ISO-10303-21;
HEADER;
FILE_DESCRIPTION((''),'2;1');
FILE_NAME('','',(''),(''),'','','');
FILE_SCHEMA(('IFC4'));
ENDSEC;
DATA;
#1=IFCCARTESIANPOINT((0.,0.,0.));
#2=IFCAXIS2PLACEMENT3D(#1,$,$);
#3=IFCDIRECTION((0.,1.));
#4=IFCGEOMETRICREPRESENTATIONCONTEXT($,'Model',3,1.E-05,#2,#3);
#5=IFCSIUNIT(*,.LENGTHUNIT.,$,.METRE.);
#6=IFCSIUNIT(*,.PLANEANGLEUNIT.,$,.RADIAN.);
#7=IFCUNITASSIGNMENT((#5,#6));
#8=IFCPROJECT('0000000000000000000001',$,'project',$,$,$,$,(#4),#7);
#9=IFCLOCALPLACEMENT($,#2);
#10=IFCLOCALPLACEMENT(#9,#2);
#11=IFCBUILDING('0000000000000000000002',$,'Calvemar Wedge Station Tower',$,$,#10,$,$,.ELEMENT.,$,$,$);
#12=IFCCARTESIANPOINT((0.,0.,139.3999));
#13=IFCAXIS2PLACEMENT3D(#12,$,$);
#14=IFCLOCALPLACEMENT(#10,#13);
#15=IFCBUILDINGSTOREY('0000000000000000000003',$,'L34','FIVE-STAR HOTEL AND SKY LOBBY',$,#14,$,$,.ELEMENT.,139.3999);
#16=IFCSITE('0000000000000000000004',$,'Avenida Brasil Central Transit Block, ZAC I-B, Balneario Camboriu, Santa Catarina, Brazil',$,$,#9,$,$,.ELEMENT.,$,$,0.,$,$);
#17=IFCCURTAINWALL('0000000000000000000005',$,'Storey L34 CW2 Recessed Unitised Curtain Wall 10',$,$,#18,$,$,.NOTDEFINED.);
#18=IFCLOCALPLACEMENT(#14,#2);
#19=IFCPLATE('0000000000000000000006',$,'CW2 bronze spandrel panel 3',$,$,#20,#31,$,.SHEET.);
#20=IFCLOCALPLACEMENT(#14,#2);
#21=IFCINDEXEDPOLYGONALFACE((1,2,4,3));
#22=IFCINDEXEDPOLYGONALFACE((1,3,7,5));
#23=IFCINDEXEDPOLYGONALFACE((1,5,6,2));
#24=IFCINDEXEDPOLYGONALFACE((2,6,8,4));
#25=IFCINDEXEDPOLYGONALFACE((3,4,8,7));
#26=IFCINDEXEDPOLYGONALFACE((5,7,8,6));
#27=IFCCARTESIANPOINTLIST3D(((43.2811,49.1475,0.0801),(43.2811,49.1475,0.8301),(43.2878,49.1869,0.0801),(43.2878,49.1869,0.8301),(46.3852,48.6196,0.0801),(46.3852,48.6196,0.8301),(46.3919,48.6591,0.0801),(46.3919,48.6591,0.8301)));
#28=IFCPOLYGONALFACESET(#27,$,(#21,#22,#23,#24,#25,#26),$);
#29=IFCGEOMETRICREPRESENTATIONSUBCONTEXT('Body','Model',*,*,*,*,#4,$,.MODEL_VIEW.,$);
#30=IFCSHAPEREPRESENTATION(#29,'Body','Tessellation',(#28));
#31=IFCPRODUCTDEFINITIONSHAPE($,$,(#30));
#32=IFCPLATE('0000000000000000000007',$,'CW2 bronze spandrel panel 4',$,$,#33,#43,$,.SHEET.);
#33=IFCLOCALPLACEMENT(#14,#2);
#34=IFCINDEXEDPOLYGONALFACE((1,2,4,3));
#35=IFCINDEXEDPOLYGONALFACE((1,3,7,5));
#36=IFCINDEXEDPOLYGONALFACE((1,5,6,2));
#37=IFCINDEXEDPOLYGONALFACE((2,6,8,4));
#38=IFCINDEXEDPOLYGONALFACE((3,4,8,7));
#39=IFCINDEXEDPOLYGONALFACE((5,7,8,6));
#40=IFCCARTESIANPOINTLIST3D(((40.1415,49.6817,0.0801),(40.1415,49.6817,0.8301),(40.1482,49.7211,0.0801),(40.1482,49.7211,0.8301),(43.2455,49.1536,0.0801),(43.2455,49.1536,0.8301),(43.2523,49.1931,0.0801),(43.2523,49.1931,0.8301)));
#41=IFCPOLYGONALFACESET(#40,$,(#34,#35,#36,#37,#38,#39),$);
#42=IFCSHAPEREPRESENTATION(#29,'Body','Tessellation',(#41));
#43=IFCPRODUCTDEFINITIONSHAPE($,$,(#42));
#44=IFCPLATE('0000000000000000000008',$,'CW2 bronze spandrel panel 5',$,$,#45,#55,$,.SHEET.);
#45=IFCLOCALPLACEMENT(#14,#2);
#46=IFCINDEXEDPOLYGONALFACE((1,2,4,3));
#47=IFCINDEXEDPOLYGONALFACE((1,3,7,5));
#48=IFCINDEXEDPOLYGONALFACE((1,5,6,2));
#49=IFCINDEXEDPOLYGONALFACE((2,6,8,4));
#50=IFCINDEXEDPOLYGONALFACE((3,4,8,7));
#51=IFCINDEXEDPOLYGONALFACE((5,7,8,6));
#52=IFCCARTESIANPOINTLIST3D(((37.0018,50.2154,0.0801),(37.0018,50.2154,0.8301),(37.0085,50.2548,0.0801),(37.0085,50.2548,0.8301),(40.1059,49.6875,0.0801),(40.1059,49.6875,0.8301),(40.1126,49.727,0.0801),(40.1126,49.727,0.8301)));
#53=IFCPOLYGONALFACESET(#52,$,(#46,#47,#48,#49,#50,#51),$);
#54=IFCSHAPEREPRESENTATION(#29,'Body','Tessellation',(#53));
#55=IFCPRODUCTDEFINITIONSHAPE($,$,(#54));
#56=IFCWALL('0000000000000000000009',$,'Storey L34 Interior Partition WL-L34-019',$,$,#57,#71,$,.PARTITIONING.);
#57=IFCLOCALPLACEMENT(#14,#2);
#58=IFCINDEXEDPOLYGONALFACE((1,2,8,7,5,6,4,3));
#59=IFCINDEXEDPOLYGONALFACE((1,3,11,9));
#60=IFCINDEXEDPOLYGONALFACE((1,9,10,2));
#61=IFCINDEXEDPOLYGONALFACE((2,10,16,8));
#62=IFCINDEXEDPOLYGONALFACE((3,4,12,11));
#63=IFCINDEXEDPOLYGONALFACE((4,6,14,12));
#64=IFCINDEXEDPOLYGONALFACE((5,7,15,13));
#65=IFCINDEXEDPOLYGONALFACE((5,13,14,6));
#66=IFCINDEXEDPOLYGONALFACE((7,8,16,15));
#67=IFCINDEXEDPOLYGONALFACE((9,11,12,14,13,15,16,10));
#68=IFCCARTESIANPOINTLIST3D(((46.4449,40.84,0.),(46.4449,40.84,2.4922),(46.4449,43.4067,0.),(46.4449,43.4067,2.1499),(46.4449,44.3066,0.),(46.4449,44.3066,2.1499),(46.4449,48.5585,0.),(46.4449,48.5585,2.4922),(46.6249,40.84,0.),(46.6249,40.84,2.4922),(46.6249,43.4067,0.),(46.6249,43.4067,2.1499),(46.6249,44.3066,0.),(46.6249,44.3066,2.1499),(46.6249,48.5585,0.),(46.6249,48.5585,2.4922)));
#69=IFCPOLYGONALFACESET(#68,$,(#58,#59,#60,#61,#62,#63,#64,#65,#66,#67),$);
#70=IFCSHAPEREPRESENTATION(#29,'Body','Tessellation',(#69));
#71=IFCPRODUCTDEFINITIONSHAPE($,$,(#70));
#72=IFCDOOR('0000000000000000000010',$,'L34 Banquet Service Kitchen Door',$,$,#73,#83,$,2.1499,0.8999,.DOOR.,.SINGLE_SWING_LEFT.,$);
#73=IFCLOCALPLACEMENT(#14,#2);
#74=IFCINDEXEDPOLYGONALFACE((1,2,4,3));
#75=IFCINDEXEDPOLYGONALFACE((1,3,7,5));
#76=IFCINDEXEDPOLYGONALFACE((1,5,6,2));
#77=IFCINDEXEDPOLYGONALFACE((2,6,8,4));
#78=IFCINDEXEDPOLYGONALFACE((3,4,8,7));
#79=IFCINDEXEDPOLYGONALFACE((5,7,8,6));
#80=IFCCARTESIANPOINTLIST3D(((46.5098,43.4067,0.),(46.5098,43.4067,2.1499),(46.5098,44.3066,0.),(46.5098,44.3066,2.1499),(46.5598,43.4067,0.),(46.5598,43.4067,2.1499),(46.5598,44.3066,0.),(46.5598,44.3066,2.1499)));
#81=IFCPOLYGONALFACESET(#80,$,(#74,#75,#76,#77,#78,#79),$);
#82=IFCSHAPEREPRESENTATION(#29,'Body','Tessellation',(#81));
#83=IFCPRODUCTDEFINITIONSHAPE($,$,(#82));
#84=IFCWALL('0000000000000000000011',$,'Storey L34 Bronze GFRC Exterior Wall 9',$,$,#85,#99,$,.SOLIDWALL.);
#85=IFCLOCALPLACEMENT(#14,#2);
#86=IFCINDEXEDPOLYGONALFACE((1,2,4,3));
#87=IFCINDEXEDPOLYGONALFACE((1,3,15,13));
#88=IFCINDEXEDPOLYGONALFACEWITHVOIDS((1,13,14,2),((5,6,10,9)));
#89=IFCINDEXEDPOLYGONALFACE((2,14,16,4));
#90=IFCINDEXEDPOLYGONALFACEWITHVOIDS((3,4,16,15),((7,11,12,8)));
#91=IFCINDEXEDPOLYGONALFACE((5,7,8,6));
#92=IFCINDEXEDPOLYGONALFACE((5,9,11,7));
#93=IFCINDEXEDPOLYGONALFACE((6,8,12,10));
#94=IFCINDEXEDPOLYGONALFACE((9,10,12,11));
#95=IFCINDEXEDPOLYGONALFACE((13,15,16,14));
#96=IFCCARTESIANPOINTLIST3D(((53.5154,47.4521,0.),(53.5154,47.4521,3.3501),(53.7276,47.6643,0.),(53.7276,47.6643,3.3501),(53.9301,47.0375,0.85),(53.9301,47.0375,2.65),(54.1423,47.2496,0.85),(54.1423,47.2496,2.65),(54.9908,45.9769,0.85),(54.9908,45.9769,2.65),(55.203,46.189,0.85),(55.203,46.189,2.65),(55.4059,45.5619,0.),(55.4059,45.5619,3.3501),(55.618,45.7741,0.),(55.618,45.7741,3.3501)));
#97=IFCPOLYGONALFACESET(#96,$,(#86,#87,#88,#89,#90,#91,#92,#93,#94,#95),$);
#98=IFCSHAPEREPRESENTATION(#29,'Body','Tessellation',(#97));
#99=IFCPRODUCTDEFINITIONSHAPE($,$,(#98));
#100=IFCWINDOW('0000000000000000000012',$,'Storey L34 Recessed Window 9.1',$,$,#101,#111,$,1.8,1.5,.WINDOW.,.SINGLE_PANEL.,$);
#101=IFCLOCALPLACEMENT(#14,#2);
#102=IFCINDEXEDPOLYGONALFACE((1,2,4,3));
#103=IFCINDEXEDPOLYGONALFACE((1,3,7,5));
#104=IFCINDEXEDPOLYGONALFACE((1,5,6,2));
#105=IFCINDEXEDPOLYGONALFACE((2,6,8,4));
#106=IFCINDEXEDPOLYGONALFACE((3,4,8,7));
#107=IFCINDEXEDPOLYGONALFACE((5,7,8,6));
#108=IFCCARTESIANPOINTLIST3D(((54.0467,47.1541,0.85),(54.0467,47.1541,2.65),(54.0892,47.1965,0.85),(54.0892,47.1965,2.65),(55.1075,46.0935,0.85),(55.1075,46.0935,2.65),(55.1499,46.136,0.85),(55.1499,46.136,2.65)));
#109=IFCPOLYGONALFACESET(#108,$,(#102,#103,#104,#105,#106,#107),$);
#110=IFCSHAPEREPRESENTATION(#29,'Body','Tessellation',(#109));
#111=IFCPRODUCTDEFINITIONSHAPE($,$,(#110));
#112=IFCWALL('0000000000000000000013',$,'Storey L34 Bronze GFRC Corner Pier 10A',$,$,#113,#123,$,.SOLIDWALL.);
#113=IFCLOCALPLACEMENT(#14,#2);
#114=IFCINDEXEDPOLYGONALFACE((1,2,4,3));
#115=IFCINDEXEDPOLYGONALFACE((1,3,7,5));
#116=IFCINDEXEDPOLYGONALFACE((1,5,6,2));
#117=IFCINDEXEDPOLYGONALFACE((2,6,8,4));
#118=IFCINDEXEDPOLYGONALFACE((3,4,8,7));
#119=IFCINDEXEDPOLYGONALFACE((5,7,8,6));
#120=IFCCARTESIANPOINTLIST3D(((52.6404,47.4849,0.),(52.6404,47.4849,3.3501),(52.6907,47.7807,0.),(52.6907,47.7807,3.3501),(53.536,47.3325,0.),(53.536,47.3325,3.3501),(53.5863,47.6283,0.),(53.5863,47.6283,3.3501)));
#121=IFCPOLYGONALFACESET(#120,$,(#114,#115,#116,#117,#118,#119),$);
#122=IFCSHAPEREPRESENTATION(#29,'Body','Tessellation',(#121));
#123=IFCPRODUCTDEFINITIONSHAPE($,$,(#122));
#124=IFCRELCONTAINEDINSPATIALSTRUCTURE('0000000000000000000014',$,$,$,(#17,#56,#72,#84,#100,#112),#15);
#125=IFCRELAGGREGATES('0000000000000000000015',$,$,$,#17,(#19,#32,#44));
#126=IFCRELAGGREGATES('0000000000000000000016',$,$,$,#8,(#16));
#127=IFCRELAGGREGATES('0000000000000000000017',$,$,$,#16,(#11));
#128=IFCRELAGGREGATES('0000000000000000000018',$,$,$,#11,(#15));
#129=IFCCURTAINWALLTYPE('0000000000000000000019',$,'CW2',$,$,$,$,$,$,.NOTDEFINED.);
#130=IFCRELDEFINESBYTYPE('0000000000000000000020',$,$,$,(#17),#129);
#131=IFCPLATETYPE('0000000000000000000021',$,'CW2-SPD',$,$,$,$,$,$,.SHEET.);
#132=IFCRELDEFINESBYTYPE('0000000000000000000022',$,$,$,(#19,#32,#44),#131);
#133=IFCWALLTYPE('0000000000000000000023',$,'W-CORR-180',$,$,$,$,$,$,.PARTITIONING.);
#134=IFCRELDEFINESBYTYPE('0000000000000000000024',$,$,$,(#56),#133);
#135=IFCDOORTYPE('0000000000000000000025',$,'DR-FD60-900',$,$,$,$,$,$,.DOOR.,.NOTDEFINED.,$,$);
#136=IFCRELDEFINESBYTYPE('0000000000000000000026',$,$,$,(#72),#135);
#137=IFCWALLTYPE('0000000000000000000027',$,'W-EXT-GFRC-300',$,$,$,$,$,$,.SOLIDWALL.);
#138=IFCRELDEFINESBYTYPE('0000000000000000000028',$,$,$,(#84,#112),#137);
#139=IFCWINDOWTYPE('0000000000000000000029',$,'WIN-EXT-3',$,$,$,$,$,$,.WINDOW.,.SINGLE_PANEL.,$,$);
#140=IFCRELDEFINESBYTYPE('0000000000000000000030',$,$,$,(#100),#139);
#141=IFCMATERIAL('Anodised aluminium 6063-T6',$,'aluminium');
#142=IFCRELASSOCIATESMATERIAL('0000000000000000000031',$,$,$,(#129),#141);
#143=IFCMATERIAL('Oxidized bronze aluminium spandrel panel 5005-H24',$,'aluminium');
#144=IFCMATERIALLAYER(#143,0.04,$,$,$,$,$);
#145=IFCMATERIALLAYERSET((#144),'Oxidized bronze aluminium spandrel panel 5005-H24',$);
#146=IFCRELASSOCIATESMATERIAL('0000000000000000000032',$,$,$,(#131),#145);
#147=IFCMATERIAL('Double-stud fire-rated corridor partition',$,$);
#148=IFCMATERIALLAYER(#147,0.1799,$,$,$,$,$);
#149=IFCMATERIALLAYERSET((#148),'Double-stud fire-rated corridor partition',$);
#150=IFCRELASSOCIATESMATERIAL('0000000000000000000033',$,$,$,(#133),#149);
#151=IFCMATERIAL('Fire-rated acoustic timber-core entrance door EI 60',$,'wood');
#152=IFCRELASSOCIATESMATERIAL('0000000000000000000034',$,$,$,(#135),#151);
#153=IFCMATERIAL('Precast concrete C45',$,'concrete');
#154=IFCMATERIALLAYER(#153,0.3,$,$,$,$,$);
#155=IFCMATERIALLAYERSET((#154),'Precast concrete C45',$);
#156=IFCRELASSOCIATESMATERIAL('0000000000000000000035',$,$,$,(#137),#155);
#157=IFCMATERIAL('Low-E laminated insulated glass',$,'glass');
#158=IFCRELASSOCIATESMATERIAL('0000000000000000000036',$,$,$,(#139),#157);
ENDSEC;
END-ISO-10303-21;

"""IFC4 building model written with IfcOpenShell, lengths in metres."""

from ifc_helpers import new_model, si_unit, direction, frame, frame_2d, origin, place, context, subcontext, project, spatial, rectangle, extrude, source, transform, mapped, material, layer, layer_set, type_object, element, fill, aggregate, save


model = new_model("IFC4")

# Units and contexts
model_context = context("Model", 3, precision=1e-05, world=origin(), true_north=direction((0.0, 1.0)))
body_context = subcontext(model_context, "Body", "Model", "MODEL_VIEW")
ifc_project = project(units=[si_unit("LENGTHUNIT", "METRE"), si_unit("PLANEANGLEUNIT", "RADIAN")], contexts=[model_context])

# Site, building, storey
site_placement = place(None, origin())
site = spatial("IfcSite", under=ifc_project, at=site_placement, Name="Avenida Brasil Central Transit Block, ZAC I-B, Balneario Camboriu, Santa Catarina, Brazil", CompositionType="ELEMENT", RefElevation=0.0)
building_placement = place(site_placement, origin())
building = spatial("IfcBuilding", under=site, at=building_placement, Name="Calvemar Wedge Station Tower", CompositionType="ELEMENT")
storey_placement = place(building_placement, frame((0.0, 0.0, 139.3999)))
storey = spatial("IfcBuildingStorey", under=building, at=storey_placement, Name="L34", Description="FIVE-STAR HOTEL AND SKY LOBBY", CompositionType="ELEMENT", Elevation=139.3999)

# Curtain wall, plates
ifc_material_1 = material(Name="Anodised aluminium 6063-T6", Category="aluminium")
curtain_wall_type = type_object("IfcCurtainWallType", Name="CW2", PredefinedType="NOTDEFINED", material=ifc_material_1)
curtain_wall_placement = place(storey_placement, origin())
curtain_wall = element("IfcCurtainWall", 1, at=curtain_wall_placement, inside=storey, type_object=curtain_wall_type, Name="Storey L34 CW2 Recessed Unitised Curtain Wall 10", PredefinedType="NOTDEFINED")
ifc_material_2 = material(Name="Low-E laminated insulated glass", Category="glass")
ifc_material_3 = material(Name="Oxidized bronze aluminium spandrel panel 5005-H24", Category="aluminium")
ifc_layer_1 = layer(ifc_material_3, 0.04)
ifc_layer_set_1 = layer_set([ifc_layer_1], Name="Oxidized bronze aluminium spandrel panel 5005-H24")
plate_type_1 = type_object("IfcPlateType", Name="CW2-SPD", PredefinedType="SHEET", material=ifc_layer_set_1)
plate_1_placement = place(storey_placement, frame((46.3884, 48.6394, 0.0801), z_axis=(0.0, 0.0, 1.0), x_axis=(-0.98585, 0.167629, 0.0)))
plate_1 = element("IfcPlate", 2, at=plate_1_placement, type_object=plate_type_1, Name="CW2 bronze spandrel panel 3", PredefinedType="SHEET", context=body_context, shape_type="SweptSolid", body=[
    extrude(rectangle(XDim=3.1487, YDim=0.04, at=frame_2d((1.5742, 0.0))), origin(), (0.0, 0.0, 1.0), 0.75),
])
plate_2_placement = place(storey_placement, frame((43.2488, 49.1733, 0.0801), z_axis=(0.0, 0.0, 1.0), x_axis=(-0.985835, 0.167718, 0.0)))
plate_2 = element("IfcPlate", 3, at=plate_2_placement, type_object=plate_type_1, Name="CW2 bronze spandrel panel 4", PredefinedType="SHEET", context=body_context, shape_type="SweptSolid", body=[
    extrude(rectangle(XDim=3.1487, YDim=0.04, at=frame_2d((1.5742, 0.0))), origin(), (0.0, 0.0, 1.0), 0.75),
])
plate_3_placement = place(storey_placement, frame((40.1091, 49.7073, 0.0801), z_axis=(0.0, 0.0, 1.0), x_axis=(-0.985848, 0.167642, 0.0)))
plate_3 = element("IfcPlate", 4, at=plate_3_placement, type_object=plate_type_1, Name="CW2 bronze spandrel panel 5", PredefinedType="SHEET", context=body_context, shape_type="SweptSolid", body=[
    extrude(rectangle(XDim=3.1487, YDim=0.04, at=frame_2d((1.5742, 0.0))), origin(), (0.0, 0.0, 1.0), 0.75),
])
aggregate(curtain_wall, [plate_1, plate_2, plate_3])

# Wall, opening, door
ifc_material_4 = material(Name="Double-stud fire-rated corridor partition")
ifc_layer_2 = layer(ifc_material_4, 0.1799)
ifc_layer_set_2 = layer_set([ifc_layer_2], Name="Double-stud fire-rated corridor partition")
wall_type_1 = type_object("IfcWallType", Name="W-CORR-180", PredefinedType="PARTITIONING", material=ifc_layer_set_2)
wall_1_placement = place(storey_placement, frame((46.5349, 48.5586, 0.0), z_axis=(0.0, 0.0, 1.0), x_axis=(0.0, -1.0, 0.0)))
wall_1 = element("IfcWall", 5, at=wall_1_placement, inside=storey, type_object=wall_type_1, Name="Storey L34 Interior Partition WL-L34-019", PredefinedType="PARTITIONING", context=body_context, shape_type="SweptSolid", body=[
    extrude(rectangle(XDim=7.7185, YDim=0.1799, at=frame_2d((3.8594, 0.0))), origin(), (0.0, 0.0, 1.0), 2.4922),
])
shared_shape_1 = source(origin(), body_context, "Body", "SweptSolid", [
    extrude(rectangle(XDim=0.8999, YDim=2.1499, at=frame_2d((0.45, 1.075))), frame((0.0, 0.1001, 0.0), z_axis=(0.0, -1.0, 0.0), x_axis=(1.0, 0.0, 0.0)), (0.0, 0.0, 1.0), 0.2),
])
opening_1_placement = place(wall_1_placement, frame((4.252, 0.0, 0.0)))
opening_1 = element("IfcOpeningElement", 6, at=opening_1_placement, cuts=wall_1, PredefinedType="OPENING", context=body_context, shape_type="MappedRepresentation", body=[
    mapped(shared_shape_1, transform((0.0, 0.0, 0.0), scale=1.0)),
])
ifc_material_5 = material(Name="Fire-rated acoustic timber-core entrance door EI 60", Category="wood")
door_type = type_object("IfcDoorType", Name="DR-FD60-900", OperationType="NOTDEFINED", PredefinedType="DOOR", material=ifc_material_5)
shared_shape_2 = source(origin(), body_context, "Body", "SweptSolid", [
    extrude(rectangle(XDim=0.8999, YDim=2.1499, at=frame_2d((0.45, 1.075))), frame((0.0, 0.0249, 0.0), z_axis=(0.0, -1.0, 0.0), x_axis=(1.0, 0.0, 0.0)), (0.0, 0.0, 1.0), 0.05),
])
door_placement = place(opening_1_placement, origin())
door = element("IfcDoor", 7, at=door_placement, inside=storey, type_object=door_type, Name="L34 Banquet Service Kitchen Door", OperationType="SINGLE_SWING_LEFT", OverallHeight=2.1499, OverallWidth=0.8999, PredefinedType="DOOR", context=body_context, shape_type="MappedRepresentation", body=[
    mapped(shared_shape_2, transform((0.0, 0.0, 0.0), scale=1.0)),
])
fill(opening_1, door)

# Wall, opening, window
ifc_material_6 = material(Name="Precast concrete C45", Category="concrete")
ifc_layer_3 = layer(ifc_material_6, 0.3)
ifc_layer_set_3 = layer_set([ifc_layer_3], Name="Precast concrete C45")
wall_type_2 = type_object("IfcWallType", Name="W-EXT-GFRC-300", PredefinedType="SOLIDWALL", material=ifc_layer_set_3)
wall_2_placement = place(storey_placement, frame((55.512, 45.668, 0.0), z_axis=(0.0, 0.0, 1.0), x_axis=(-0.707152, 0.707061, 0.0)))
wall_2 = element("IfcWall", 8, at=wall_2_placement, inside=storey, type_object=wall_type_2, Name="Storey L34 Bronze GFRC Exterior Wall 9", PredefinedType="SOLIDWALL", context=body_context, shape_type="SweptSolid", body=[
    extrude(rectangle(XDim=2.6733, YDim=0.3, at=frame_2d((1.3367, 0.0))), origin(), (0.0, 0.0, 1.0), 3.3501),
])
shared_shape_3 = source(origin(), body_context, "Body", "SweptSolid", [
    extrude(rectangle(XDim=1.5, YDim=1.8, at=frame_2d((0.75, 0.8999))), frame((0.0, 0.1602, 0.0), z_axis=(0.0, -1.0, 0.0), x_axis=(1.0, 0.0, 0.0)), (0.0, 0.0, 1.0), 0.3201),
])
opening_2_placement = place(wall_2_placement, frame((0.5869, 0.0, 0.8501)))
opening_2 = element("IfcOpeningElement", 9, at=opening_2_placement, cuts=wall_2, PredefinedType="OPENING", context=body_context, shape_type="MappedRepresentation", body=[
    mapped(shared_shape_3, transform((0.0, 0.0, 0.0), scale=1.0)),
])
window_type = type_object("IfcWindowType", Name="WIN-EXT-3", PartitioningType="SINGLE_PANEL", PredefinedType="WINDOW", material=ifc_material_2)
shared_shape_4 = source(origin(), body_context, "Body", "SweptSolid", [
    extrude(rectangle(XDim=1.5, YDim=1.8, at=frame_2d((0.75, 0.8999))), frame((0.0, -0.0149, 0.0), z_axis=(0.0, -1.0, 0.0), x_axis=(1.0, 0.0, 0.0)), (0.0, 0.0, 1.0), 0.0601),
])
window_placement = place(opening_2_placement, origin())
window = element("IfcWindow", 10, at=window_placement, inside=storey, type_object=window_type, Name="Storey L34 Recessed Window 9.1", OverallHeight=1.8, OverallWidth=1.5, PartitioningType="SINGLE_PANEL", PredefinedType="WINDOW", context=body_context, shape_type="MappedRepresentation", body=[
    mapped(shared_shape_4, transform((0.0, 0.0, 0.0), scale=1.0)),
])
fill(opening_2, window)

# Wall
wall_3_placement = place(storey_placement, frame((53.561, 47.4805, 0.0), z_axis=(0.0, 0.0, 1.0), x_axis=(-0.985836, 0.16771, 0.0)))
element("IfcWall", 11, at=wall_3_placement, inside=storey, type_object=wall_type_2, Name="Storey L34 Bronze GFRC Corner Pier 10A", PredefinedType="SOLIDWALL", context=body_context, shape_type="SweptSolid", body=[
    extrude(rectangle(XDim=0.9084, YDim=0.3, at=frame_2d((0.4541, 0.0))), origin(), (0.0, 0.0, 1.0), 3.3501),
])

save(model, "model.ifc")
